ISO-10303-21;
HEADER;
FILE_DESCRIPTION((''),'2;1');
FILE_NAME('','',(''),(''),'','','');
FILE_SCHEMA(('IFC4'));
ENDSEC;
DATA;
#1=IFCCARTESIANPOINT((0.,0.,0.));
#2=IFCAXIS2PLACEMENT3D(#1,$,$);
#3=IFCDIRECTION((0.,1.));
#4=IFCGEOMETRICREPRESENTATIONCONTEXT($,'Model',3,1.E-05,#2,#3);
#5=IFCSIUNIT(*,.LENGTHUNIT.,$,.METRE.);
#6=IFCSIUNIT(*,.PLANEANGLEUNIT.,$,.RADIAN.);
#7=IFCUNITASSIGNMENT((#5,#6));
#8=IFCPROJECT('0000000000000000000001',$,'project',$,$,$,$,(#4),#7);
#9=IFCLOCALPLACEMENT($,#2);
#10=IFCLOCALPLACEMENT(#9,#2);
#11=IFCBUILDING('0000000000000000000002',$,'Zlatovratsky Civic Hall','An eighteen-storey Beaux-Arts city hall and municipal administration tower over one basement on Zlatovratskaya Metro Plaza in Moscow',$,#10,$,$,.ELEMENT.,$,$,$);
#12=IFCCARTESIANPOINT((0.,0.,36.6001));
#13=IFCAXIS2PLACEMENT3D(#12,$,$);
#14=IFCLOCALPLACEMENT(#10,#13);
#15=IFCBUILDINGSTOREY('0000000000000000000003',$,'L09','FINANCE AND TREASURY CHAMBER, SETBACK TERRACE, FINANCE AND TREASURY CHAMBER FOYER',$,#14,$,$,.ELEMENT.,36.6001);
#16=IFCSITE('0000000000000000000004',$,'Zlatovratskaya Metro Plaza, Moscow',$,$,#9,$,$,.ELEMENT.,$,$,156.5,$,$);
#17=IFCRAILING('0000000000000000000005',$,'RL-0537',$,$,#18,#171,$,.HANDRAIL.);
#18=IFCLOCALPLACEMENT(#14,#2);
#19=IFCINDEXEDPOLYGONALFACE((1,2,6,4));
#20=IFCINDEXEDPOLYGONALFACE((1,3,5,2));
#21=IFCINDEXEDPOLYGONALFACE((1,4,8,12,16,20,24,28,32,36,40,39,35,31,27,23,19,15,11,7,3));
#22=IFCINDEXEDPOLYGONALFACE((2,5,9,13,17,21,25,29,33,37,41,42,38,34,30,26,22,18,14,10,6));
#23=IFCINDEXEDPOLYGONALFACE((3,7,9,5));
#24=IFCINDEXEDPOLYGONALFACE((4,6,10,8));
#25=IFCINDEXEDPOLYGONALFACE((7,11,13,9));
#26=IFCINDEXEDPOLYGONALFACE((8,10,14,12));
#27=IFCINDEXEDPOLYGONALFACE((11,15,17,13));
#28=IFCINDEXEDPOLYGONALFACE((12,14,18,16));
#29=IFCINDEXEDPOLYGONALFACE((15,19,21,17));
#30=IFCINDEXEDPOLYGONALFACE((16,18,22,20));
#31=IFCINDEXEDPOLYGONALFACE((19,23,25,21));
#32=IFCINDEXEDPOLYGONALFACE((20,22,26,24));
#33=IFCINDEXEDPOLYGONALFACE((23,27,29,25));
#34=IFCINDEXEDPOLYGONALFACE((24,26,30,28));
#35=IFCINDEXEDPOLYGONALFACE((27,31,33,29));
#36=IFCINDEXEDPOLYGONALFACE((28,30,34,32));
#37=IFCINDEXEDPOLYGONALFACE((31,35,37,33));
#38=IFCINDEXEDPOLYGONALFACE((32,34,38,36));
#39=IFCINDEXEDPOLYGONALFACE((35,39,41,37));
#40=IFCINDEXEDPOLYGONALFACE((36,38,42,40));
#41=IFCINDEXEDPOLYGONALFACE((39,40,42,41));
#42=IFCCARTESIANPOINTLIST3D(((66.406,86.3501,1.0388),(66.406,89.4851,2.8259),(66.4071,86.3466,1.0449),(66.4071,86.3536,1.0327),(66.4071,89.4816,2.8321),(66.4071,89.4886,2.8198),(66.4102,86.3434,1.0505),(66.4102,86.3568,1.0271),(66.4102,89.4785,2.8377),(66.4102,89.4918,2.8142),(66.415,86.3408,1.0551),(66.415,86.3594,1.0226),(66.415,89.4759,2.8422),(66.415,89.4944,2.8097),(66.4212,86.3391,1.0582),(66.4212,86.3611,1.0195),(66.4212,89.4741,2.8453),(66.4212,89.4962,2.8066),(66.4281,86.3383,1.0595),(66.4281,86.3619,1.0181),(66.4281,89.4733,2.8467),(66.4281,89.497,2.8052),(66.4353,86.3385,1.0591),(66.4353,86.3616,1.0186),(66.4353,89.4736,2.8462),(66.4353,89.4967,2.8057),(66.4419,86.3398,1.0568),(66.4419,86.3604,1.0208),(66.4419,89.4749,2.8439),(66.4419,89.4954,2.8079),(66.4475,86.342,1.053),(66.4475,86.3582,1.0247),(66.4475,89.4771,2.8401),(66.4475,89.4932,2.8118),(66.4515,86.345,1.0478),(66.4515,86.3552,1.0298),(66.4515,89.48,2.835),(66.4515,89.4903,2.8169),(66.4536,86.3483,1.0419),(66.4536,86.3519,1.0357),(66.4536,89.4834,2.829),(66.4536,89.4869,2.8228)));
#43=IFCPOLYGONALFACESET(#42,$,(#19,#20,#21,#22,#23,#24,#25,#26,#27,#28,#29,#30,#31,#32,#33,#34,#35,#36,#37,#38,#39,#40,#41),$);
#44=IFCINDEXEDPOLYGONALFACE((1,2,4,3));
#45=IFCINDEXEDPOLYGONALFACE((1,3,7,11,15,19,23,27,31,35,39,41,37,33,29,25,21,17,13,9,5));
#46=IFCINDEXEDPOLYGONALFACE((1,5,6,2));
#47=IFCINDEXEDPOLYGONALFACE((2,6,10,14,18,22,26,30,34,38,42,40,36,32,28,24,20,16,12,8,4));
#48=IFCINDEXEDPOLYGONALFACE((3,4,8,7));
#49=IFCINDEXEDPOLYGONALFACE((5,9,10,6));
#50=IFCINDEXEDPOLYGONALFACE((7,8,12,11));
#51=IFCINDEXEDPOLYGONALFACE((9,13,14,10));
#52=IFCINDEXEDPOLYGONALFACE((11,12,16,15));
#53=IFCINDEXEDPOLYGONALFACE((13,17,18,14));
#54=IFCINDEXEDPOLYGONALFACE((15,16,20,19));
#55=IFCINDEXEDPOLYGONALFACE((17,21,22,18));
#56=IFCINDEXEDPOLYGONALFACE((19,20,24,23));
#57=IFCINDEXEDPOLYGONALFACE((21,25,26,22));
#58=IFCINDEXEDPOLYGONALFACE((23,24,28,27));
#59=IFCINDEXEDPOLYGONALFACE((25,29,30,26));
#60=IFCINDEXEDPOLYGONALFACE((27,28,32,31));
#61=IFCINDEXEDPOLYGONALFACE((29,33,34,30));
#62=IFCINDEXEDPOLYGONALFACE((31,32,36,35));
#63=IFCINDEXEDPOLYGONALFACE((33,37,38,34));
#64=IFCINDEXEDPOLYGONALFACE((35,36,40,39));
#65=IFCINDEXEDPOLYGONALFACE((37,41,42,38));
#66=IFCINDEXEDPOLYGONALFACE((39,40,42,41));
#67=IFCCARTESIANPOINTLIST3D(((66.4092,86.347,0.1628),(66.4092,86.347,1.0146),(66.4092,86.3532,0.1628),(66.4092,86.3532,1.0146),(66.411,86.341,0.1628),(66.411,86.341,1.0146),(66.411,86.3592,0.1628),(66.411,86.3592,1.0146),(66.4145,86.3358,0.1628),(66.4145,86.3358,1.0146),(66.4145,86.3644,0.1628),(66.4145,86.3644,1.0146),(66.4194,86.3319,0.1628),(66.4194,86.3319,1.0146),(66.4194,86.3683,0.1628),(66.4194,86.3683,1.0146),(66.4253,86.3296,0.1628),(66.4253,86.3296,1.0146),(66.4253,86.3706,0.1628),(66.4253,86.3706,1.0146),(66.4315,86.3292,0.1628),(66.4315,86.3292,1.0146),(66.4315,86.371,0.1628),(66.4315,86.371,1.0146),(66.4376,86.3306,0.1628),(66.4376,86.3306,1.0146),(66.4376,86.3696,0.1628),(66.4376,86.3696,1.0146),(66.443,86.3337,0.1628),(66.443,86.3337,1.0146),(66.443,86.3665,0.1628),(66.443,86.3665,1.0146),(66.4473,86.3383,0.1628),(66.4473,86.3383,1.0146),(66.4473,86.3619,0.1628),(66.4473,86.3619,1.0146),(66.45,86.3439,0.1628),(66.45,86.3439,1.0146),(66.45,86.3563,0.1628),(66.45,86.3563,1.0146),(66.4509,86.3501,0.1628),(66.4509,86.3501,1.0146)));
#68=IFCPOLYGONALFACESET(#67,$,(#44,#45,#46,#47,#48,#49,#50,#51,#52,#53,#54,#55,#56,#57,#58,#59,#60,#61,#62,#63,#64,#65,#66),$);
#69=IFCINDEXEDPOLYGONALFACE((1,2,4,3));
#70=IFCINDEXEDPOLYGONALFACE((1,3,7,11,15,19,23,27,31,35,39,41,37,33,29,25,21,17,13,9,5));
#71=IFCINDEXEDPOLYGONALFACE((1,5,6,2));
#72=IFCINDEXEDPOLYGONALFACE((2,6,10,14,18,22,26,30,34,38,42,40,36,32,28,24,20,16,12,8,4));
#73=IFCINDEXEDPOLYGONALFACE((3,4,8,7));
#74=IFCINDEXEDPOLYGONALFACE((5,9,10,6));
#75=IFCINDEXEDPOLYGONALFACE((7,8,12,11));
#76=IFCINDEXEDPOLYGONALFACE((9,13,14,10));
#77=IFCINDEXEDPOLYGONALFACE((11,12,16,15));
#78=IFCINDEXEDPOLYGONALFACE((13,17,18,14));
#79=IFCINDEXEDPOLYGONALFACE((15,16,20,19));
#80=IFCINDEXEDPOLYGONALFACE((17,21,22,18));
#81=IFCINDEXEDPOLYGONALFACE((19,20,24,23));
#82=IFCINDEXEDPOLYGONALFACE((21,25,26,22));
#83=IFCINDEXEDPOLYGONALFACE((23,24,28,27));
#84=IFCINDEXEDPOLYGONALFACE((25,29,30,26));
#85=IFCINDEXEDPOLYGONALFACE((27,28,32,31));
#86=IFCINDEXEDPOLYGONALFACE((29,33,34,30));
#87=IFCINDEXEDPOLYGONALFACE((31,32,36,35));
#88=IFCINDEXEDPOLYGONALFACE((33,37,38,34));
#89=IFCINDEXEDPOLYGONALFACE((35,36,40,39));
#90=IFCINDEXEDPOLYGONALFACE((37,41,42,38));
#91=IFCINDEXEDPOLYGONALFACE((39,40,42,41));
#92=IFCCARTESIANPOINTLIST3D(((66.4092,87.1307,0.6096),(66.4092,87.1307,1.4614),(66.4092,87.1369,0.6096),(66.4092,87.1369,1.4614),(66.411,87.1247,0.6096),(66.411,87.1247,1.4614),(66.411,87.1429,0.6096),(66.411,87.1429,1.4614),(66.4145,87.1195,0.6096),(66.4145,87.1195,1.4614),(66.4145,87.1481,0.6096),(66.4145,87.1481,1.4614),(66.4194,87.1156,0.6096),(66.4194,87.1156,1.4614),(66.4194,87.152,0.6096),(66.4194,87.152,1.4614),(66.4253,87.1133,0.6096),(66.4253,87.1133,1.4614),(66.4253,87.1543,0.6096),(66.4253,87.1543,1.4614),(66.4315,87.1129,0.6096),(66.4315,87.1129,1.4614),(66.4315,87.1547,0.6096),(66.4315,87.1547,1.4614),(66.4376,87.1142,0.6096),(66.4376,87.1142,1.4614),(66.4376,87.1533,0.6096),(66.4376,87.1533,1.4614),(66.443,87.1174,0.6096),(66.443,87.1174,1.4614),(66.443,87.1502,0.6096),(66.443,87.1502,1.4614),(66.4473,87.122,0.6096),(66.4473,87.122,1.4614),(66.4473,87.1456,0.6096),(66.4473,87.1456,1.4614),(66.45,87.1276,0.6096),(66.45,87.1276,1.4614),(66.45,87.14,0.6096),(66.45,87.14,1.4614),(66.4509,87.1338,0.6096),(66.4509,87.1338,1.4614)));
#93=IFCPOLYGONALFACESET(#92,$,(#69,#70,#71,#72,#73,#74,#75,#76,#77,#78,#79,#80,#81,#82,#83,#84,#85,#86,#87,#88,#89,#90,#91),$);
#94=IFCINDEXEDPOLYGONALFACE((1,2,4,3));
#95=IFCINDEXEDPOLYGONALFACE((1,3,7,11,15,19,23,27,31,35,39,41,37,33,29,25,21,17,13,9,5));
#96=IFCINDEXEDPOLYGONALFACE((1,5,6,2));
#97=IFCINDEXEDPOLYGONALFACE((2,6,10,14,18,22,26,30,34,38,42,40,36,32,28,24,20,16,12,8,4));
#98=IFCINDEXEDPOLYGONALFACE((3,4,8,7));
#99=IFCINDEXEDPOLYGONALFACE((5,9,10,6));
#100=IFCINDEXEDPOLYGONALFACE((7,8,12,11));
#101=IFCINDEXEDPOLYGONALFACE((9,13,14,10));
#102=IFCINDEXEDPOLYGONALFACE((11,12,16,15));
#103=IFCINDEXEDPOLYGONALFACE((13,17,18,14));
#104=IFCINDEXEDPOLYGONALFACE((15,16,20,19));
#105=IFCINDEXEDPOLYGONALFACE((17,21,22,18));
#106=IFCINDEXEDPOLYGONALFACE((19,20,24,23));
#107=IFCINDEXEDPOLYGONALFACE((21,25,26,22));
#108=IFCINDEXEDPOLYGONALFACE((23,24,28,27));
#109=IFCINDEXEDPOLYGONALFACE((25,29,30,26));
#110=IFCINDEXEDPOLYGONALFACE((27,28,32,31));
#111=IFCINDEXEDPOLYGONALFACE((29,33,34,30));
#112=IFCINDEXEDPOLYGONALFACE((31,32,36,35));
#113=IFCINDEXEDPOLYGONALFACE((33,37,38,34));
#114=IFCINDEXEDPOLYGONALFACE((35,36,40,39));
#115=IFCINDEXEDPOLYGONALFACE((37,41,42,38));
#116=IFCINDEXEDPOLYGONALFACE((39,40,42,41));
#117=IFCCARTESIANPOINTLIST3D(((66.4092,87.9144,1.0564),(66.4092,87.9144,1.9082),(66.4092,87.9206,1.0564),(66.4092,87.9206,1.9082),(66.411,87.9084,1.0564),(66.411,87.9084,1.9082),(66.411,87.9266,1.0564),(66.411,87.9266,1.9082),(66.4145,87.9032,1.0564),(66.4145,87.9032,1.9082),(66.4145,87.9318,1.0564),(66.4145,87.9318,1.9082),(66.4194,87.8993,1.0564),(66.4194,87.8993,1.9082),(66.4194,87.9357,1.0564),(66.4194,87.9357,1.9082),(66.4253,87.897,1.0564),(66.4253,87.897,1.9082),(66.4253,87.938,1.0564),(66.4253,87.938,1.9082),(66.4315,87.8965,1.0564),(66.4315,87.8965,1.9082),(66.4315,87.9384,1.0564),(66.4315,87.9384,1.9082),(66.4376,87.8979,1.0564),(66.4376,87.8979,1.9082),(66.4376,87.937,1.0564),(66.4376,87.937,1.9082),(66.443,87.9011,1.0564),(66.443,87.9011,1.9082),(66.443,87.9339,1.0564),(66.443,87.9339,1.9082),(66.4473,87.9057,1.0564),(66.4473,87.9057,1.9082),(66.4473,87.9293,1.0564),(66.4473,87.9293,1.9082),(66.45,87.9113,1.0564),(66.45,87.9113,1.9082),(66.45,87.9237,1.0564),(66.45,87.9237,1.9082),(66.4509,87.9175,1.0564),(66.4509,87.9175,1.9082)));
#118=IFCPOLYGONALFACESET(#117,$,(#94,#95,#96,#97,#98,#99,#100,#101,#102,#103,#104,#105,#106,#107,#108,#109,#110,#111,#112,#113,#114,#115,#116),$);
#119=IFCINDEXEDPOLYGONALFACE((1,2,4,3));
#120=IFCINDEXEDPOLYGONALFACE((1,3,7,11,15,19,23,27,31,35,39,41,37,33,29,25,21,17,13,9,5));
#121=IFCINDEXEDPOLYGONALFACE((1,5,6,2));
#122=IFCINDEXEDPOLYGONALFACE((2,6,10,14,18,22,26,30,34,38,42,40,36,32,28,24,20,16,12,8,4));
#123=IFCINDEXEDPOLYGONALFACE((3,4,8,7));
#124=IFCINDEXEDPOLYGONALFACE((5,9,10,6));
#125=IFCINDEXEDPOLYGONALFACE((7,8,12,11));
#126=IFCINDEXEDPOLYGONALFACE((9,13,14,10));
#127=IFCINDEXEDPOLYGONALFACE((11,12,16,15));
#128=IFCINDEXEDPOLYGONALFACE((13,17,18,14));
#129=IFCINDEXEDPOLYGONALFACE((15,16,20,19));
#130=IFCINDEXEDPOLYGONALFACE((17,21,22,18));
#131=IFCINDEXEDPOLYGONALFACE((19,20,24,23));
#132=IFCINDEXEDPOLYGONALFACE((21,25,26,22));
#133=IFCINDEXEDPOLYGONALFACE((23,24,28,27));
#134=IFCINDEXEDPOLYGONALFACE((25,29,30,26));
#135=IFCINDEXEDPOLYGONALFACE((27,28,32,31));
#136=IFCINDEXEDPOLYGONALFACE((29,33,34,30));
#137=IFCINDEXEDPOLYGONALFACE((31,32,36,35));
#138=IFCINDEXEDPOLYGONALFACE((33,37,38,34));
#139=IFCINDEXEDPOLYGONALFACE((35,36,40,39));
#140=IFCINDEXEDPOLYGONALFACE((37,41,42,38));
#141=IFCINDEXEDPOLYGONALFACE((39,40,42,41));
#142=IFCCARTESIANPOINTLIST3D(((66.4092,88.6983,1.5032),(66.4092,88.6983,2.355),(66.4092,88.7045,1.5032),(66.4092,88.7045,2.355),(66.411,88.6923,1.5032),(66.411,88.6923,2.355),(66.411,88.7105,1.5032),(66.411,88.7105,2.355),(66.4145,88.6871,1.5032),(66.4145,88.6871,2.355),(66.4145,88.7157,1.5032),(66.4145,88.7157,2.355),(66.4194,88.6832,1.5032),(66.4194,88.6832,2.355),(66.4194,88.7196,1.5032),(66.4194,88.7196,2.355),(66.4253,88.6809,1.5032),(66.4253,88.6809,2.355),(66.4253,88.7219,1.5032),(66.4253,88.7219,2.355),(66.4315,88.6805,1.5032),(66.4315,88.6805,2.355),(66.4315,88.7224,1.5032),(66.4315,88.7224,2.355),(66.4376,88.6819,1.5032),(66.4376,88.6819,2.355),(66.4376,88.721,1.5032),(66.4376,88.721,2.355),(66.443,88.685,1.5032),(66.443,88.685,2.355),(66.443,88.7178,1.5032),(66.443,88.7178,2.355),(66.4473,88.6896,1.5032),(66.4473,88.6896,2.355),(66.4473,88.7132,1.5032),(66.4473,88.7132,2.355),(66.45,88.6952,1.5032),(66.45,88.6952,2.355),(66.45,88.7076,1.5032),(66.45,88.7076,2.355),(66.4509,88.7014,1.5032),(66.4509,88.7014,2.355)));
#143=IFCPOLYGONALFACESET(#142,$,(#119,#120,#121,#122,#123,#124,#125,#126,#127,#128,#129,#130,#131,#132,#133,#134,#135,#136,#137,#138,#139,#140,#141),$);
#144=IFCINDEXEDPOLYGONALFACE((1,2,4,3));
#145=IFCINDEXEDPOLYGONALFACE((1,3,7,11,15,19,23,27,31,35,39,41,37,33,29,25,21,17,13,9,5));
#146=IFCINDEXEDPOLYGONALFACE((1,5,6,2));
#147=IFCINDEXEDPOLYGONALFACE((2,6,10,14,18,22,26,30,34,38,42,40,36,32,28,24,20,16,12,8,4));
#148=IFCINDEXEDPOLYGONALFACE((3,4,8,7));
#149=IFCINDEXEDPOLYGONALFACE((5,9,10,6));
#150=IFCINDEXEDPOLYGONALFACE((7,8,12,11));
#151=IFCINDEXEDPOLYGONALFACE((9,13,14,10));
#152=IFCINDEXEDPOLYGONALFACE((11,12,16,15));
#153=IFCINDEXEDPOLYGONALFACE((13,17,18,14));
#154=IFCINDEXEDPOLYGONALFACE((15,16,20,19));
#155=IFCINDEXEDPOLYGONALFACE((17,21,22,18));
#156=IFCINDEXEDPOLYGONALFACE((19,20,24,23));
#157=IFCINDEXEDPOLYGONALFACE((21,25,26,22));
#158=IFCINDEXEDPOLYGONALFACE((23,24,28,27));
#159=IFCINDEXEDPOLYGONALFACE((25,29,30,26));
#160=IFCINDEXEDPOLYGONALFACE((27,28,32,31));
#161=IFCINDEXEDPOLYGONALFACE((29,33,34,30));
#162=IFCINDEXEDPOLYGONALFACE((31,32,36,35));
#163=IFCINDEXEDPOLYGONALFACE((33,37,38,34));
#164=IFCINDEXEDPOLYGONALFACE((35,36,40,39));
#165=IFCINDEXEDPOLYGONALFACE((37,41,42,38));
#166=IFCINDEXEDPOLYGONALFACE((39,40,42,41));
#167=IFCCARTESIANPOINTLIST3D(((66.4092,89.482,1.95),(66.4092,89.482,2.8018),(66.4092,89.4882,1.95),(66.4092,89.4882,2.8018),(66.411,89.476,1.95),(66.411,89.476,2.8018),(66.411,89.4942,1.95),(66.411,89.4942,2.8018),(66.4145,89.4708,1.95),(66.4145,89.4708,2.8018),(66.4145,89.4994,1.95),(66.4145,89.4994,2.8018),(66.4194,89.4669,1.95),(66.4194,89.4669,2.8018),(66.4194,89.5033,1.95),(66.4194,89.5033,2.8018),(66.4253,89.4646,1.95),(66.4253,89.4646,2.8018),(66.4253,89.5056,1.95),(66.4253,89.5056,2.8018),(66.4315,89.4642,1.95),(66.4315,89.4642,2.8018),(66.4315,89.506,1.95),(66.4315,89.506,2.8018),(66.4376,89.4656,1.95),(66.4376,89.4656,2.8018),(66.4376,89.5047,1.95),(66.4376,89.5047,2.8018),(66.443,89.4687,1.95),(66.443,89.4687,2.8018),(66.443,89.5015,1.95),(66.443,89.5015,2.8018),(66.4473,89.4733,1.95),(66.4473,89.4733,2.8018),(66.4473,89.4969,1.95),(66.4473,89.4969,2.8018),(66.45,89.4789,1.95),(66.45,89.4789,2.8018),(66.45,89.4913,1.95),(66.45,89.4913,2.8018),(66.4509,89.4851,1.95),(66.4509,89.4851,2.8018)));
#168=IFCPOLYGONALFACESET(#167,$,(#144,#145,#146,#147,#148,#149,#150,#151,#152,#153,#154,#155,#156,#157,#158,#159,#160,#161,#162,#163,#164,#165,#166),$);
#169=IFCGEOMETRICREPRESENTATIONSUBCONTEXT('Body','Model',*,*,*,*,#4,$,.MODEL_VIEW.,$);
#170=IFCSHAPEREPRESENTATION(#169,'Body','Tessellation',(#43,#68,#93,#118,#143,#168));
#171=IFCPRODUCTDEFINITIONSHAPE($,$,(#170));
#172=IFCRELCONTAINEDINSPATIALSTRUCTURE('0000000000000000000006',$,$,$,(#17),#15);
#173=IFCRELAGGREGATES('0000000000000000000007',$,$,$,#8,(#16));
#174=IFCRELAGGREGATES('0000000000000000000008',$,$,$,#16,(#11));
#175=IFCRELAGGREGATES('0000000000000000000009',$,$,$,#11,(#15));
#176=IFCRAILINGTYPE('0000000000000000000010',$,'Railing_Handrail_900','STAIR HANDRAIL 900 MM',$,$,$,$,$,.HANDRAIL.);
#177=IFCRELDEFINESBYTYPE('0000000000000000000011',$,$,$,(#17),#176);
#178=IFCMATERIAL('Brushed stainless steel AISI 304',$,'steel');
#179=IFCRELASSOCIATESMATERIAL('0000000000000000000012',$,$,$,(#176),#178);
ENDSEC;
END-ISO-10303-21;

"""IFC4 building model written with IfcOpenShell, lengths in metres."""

from ifc_helpers import new_model, si_unit, direction, frame, origin, origin_2d, place, context, subcontext, project, spatial, circle, extrude, material, type_object, element, save


model = new_model("IFC4")

# Units and contexts
model_context = context("Model", 3, precision=1e-05, world=origin(), true_north=direction((0.0, 1.0)))
body_context = subcontext(model_context, "Body", "Model", "MODEL_VIEW")
ifc_project = project(units=[si_unit("LENGTHUNIT", "METRE"), si_unit("PLANEANGLEUNIT", "RADIAN")], contexts=[model_context])

# Site, building, storey
site_placement = place(None, origin())
site = spatial("IfcSite", under=ifc_project, at=site_placement, Name="Zlatovratskaya Metro Plaza, Moscow", CompositionType="ELEMENT", RefElevation=156.5)
building_placement = place(site_placement, origin())
building = spatial("IfcBuilding", under=site, at=building_placement, Name="Zlatovratsky Civic Hall", Description="An eighteen-storey Beaux-Arts city hall and municipal administration tower over one basement on Zlatovratskaya Metro Plaza in Moscow", CompositionType="ELEMENT")
storey_placement = place(building_placement, frame((0.0, 0.0, 36.6001)))
storey = spatial("IfcBuildingStorey", under=building, at=storey_placement, Name="L09", Description="FINANCE AND TREASURY CHAMBER, SETBACK TERRACE, FINANCE AND TREASURY CHAMBER FOYER", CompositionType="ELEMENT", Elevation=36.6001)

# Railing
ifc_material_1 = material(Name="Brushed stainless steel AISI 304", Category="steel")
railing_type_1 = type_object("IfcRailingType", Name="Railing_Handrail_900", Description="STAIR HANDRAIL 900 MM", PredefinedType="HANDRAIL", material=ifc_material_1)
railing_1_placement = place(storey_placement, frame((66.4299, 86.3501, 0.1628)))
element("IfcRailing", 1, at=railing_1_placement, inside=storey, type_object=railing_type_1, Name="RL-0537", PredefinedType="HANDRAIL", context=body_context, shape_type="SweptSolid", body=[
    extrude(circle(Radius=0.0239, at=origin_2d()), frame((0.0, 0.0, 0.876), z_axis=(0.0, 0.868759, 0.495235), x_axis=(-1.0, 0.0, 0.0)), (0.0, 0.0, 1.0), 3.6086),
    extrude(circle(Radius=0.021, at=origin_2d()), origin(), (0.0, 0.0, 1.0), 0.8518),
    extrude(circle(Radius=0.021, at=origin_2d()), frame((0.0, 0.7837, 0.4468)), (0.0, 0.0, 1.0), 0.8518),
    extrude(circle(Radius=0.021, at=origin_2d()), frame((0.0, 1.5674, 0.8936)), (0.0, 0.0, 1.0), 0.8518),
    extrude(circle(Radius=0.021, at=origin_2d()), frame((0.0, 2.3513, 1.3403)), (0.0, 0.0, 1.0), 0.8518),
    extrude(circle(Radius=0.021, at=origin_2d()), frame((0.0, 3.135, 1.7871)), (0.0, 0.0, 1.0), 0.8518),
])

save(model, "model.ifc")
